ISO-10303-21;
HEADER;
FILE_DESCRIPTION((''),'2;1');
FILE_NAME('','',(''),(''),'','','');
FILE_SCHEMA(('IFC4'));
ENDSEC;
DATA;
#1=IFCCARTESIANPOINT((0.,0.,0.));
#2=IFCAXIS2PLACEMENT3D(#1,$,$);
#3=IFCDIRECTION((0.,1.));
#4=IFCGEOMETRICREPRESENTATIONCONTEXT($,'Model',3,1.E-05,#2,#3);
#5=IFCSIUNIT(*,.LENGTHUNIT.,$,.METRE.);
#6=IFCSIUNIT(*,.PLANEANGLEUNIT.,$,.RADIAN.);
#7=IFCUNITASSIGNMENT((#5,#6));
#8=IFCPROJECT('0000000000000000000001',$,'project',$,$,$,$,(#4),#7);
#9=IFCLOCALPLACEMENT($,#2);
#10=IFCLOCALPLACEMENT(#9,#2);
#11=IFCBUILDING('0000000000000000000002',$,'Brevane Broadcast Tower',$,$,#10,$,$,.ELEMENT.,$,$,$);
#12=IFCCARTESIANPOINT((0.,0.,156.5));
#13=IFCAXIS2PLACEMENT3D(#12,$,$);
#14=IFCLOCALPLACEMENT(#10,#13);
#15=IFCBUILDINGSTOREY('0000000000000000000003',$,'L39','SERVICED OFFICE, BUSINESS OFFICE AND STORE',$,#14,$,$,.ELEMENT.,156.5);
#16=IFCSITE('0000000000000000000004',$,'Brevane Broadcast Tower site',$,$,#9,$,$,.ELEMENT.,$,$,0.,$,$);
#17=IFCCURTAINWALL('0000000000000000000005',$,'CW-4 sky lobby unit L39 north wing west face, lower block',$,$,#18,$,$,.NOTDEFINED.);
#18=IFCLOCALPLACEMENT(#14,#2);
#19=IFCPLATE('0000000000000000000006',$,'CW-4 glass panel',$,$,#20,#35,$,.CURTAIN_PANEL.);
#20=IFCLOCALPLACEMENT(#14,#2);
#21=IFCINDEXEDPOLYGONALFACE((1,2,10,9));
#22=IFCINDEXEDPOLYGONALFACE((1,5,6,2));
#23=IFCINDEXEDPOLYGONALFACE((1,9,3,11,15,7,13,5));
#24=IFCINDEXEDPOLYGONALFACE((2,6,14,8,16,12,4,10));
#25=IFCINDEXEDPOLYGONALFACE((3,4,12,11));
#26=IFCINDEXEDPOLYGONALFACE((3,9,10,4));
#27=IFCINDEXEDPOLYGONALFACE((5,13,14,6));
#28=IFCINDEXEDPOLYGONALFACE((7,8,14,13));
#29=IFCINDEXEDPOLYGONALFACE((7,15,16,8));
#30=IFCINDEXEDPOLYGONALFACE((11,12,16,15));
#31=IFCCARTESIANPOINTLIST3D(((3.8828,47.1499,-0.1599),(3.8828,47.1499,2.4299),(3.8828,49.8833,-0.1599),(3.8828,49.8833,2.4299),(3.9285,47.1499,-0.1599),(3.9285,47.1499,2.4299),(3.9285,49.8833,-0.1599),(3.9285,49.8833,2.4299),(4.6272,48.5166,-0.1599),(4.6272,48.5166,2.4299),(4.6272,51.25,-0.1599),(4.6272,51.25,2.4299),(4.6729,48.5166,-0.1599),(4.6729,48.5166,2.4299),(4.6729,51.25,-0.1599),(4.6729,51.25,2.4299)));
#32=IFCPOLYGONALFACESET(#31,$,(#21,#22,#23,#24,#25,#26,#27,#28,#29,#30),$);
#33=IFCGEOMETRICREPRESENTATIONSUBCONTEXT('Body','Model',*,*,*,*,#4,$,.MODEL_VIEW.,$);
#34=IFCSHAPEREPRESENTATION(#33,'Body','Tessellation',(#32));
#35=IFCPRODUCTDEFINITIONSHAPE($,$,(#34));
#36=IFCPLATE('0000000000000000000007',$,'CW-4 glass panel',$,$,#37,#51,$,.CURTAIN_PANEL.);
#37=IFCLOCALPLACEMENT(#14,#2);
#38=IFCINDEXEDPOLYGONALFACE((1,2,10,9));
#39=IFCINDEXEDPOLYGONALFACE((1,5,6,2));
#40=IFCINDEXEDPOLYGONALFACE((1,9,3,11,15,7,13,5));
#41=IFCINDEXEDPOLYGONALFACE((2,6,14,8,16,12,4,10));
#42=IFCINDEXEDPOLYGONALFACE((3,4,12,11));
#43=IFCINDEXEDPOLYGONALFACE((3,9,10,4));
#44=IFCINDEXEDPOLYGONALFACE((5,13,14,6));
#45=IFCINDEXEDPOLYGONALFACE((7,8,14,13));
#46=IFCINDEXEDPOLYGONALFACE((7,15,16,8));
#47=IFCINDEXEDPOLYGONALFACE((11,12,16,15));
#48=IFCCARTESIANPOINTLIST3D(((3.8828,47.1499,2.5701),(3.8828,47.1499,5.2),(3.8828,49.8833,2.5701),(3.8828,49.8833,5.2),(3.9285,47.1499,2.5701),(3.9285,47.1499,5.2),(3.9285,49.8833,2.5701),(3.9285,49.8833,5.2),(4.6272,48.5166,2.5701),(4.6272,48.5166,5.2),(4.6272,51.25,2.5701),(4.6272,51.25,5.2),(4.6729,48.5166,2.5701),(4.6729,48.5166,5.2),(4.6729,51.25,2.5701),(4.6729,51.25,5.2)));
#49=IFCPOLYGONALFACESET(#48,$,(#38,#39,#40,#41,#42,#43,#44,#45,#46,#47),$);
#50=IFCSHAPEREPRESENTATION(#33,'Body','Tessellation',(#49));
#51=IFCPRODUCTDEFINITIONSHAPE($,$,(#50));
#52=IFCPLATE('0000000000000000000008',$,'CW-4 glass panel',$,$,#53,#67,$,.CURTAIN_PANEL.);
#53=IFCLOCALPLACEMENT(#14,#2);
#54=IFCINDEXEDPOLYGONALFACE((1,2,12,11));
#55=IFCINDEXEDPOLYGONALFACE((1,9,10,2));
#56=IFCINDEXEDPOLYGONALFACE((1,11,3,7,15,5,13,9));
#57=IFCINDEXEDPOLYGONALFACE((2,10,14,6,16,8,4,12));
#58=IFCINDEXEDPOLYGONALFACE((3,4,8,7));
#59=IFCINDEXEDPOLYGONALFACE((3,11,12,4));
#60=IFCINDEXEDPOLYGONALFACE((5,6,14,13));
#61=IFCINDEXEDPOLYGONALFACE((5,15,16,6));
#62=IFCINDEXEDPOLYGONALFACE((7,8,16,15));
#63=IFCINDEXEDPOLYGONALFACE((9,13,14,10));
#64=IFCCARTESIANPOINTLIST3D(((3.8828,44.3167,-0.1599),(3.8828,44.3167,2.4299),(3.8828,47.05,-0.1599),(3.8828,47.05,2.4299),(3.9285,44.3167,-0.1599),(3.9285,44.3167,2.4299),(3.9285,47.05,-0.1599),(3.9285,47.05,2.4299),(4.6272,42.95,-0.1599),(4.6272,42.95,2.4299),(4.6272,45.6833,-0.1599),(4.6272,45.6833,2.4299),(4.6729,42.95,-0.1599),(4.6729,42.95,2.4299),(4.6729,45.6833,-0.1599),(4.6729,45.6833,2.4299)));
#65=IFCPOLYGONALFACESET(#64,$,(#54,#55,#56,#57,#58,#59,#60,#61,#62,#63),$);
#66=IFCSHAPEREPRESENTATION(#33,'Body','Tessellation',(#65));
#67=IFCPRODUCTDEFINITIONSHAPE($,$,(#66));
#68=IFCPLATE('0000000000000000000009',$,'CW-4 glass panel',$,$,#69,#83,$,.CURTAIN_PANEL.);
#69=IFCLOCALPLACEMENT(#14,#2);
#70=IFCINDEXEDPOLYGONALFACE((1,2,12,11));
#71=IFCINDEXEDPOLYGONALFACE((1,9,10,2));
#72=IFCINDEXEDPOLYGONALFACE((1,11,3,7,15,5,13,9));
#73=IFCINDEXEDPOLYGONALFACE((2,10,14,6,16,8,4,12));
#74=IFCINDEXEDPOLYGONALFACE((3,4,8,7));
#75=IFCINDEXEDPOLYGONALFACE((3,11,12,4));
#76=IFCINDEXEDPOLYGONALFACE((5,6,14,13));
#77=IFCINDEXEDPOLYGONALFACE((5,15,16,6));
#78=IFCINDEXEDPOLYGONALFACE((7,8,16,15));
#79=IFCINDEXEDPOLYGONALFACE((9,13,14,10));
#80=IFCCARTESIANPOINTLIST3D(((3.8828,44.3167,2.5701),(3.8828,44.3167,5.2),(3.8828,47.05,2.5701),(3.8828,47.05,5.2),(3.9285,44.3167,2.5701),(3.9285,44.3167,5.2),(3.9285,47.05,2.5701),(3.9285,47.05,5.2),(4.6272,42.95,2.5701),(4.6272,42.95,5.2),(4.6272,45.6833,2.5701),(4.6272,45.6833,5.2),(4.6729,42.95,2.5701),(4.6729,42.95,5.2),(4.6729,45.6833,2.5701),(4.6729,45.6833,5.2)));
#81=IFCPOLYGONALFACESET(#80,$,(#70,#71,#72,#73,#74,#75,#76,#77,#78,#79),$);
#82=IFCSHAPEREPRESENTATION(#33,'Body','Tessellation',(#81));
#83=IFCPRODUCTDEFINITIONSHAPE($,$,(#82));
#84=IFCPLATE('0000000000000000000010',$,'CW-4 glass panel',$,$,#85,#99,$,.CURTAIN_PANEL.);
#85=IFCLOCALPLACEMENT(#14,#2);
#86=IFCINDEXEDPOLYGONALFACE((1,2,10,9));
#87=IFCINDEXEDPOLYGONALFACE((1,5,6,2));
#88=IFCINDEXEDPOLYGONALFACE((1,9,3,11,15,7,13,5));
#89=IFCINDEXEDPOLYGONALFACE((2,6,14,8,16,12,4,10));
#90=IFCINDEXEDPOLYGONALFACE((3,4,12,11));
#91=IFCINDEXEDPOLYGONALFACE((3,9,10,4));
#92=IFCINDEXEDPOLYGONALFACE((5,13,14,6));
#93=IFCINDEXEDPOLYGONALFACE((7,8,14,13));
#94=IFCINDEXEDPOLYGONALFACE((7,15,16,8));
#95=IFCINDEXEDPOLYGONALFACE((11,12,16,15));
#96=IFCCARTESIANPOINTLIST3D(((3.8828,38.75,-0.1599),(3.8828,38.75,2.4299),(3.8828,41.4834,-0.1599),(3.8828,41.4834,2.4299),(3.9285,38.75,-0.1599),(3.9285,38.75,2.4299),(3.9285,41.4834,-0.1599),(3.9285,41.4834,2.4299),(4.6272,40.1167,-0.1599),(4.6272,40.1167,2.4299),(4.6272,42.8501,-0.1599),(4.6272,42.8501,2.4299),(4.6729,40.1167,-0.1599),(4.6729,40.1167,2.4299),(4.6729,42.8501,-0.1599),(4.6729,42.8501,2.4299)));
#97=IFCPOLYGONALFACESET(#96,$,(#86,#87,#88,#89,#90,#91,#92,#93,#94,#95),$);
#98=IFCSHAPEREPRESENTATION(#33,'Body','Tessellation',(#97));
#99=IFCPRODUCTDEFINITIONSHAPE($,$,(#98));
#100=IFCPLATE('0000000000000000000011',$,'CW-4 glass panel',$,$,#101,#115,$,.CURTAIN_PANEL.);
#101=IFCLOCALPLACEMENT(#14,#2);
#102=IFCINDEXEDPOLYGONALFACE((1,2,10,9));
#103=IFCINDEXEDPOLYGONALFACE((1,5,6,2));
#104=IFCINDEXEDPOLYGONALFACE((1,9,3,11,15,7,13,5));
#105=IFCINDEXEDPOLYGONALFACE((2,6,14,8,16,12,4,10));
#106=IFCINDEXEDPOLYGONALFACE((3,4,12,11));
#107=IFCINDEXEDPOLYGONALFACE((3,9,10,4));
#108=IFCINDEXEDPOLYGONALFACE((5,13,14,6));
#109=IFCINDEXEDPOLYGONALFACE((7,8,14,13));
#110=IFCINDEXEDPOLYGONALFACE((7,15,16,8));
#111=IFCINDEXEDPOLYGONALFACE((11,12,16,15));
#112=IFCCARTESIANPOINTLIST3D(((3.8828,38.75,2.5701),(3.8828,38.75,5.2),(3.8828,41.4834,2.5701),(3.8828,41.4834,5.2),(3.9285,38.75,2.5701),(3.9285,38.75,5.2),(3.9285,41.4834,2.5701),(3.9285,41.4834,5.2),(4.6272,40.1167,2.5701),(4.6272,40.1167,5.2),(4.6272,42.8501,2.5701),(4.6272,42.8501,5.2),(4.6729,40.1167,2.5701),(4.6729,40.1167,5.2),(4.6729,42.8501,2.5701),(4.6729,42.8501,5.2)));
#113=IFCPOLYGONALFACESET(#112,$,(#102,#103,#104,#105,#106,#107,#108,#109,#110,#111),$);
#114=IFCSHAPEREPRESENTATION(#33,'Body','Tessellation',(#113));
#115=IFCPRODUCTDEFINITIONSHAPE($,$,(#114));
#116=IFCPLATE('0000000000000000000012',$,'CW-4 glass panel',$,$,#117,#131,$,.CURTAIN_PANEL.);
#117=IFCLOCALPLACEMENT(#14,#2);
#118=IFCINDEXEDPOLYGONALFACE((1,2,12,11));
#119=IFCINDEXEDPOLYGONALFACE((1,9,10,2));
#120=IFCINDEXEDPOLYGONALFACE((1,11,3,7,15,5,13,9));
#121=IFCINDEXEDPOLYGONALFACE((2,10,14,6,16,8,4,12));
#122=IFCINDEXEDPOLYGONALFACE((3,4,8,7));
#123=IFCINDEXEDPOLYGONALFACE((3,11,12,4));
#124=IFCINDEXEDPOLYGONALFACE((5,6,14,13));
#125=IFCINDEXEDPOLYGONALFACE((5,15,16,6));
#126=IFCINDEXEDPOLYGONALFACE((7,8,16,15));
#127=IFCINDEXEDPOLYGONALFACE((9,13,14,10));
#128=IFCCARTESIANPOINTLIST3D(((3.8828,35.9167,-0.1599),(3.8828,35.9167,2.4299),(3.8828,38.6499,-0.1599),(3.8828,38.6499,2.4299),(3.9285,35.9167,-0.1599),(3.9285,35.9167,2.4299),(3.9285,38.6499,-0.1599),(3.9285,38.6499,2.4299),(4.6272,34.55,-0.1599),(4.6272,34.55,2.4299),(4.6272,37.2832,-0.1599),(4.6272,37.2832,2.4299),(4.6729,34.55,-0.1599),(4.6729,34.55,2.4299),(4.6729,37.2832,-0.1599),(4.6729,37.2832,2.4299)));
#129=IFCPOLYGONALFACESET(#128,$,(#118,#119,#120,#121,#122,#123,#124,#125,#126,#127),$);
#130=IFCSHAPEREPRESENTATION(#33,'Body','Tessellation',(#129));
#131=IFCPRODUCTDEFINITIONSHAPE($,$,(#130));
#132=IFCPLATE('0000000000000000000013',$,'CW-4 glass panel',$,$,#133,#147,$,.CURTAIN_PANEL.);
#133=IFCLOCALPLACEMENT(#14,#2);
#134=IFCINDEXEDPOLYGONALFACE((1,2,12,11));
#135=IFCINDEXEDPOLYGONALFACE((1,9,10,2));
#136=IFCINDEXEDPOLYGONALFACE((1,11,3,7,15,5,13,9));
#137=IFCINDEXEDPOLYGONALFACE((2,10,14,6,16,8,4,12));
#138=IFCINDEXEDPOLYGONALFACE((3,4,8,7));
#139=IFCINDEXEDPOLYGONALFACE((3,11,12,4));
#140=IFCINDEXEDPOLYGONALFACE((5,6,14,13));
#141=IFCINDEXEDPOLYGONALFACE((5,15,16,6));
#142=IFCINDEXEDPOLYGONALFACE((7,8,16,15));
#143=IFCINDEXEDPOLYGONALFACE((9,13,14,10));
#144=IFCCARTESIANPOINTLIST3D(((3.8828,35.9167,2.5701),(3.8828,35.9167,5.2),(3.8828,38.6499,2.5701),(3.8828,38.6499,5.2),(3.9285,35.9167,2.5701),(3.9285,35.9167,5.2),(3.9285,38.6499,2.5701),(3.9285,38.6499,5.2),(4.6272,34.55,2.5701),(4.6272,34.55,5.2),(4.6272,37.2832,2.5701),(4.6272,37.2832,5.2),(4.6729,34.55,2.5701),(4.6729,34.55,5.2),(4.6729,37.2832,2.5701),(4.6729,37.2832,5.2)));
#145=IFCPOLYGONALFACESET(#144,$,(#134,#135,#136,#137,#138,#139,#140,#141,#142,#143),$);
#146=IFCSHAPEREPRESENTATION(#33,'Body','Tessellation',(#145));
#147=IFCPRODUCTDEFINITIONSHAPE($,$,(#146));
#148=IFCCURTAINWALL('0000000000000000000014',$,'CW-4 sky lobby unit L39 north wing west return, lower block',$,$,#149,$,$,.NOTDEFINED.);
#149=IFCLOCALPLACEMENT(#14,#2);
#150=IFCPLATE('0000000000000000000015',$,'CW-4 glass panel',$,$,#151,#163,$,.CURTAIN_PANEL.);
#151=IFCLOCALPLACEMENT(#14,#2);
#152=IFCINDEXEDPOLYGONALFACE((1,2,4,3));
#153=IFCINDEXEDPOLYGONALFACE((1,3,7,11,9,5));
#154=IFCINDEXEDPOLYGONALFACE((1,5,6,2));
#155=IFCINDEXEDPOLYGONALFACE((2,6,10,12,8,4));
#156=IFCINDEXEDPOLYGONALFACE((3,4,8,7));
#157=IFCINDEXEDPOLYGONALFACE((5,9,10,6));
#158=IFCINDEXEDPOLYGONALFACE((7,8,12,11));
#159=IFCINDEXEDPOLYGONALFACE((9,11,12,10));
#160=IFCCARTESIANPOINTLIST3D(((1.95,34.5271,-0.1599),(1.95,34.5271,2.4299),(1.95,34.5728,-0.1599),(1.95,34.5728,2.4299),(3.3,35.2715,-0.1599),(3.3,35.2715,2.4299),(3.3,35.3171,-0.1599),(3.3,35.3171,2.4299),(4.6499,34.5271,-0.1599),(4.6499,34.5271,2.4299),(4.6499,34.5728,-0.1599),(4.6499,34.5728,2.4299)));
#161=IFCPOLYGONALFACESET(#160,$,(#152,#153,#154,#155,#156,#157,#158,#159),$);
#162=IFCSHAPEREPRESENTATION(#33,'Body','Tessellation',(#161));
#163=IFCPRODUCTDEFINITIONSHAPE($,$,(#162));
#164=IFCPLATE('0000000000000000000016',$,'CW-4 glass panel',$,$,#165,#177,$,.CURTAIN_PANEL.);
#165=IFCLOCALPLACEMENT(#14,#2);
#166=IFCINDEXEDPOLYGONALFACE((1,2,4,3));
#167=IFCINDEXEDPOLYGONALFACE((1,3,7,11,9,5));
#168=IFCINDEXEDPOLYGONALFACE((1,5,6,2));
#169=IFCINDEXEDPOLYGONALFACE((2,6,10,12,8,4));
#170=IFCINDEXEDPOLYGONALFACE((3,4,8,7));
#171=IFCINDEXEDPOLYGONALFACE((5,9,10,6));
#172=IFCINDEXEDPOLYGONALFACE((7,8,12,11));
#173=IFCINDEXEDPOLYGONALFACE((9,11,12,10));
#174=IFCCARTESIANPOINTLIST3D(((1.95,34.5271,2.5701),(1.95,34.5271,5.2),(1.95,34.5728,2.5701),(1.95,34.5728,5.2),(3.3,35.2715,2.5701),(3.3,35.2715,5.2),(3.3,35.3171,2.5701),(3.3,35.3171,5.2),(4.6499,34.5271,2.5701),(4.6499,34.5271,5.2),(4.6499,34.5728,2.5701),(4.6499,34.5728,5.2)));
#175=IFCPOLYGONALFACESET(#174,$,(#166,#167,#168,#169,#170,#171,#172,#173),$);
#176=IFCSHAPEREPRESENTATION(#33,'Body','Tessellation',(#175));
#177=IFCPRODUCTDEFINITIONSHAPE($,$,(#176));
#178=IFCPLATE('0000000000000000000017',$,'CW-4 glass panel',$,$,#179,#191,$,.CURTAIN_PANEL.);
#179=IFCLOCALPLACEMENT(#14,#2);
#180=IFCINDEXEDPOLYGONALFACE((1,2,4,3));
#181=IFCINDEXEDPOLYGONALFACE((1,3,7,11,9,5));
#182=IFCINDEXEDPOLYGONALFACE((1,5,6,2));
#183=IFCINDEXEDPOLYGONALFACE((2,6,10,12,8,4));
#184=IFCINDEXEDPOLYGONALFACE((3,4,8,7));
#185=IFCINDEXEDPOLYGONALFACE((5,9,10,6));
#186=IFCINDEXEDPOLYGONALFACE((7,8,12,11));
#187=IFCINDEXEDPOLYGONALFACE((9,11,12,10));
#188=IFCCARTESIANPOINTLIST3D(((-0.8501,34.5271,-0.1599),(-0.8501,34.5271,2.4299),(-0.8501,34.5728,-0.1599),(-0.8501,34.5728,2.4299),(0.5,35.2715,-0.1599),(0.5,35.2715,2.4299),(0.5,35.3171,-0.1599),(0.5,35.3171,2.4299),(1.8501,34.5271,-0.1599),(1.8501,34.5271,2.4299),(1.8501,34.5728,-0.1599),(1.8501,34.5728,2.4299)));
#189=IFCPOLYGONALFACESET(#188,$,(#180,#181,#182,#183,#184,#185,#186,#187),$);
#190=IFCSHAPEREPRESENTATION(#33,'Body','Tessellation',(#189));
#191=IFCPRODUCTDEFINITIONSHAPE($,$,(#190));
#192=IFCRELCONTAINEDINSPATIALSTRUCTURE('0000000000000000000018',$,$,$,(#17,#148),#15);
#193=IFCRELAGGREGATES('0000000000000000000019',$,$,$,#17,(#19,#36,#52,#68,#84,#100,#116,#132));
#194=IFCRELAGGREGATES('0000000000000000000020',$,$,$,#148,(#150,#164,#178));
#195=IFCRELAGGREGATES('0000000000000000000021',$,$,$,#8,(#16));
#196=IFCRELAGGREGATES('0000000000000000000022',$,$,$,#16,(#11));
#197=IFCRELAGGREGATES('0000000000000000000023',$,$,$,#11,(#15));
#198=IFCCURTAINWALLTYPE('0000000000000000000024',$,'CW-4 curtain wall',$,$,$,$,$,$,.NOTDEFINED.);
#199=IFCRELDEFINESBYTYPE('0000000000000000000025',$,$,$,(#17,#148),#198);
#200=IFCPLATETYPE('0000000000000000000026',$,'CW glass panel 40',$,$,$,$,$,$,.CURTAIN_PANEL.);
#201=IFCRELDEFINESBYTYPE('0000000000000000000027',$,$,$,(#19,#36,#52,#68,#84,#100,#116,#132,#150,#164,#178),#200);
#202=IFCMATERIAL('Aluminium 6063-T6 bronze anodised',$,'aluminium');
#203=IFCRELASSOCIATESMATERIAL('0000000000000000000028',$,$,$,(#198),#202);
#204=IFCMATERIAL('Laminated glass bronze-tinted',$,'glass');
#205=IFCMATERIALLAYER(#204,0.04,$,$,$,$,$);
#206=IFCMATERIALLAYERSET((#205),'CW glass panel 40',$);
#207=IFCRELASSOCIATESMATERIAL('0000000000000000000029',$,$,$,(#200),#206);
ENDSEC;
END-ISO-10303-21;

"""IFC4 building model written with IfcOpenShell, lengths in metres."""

from ifc_helpers import new_model, si_unit, direction, frame, origin, place, context, subcontext, project, spatial, polyline, outline, extrude, material, layer, layer_set, type_object, element, aggregate, save


model = new_model("IFC4")

# Units and contexts
model_context = context("Model", 3, precision=1e-05, world=origin(), true_north=direction((0.0, 1.0)))
body_context = subcontext(model_context, "Body", "Model", "MODEL_VIEW")
ifc_project = project(units=[si_unit("LENGTHUNIT", "METRE"), si_unit("PLANEANGLEUNIT", "RADIAN")], contexts=[model_context])

# Site, building, storey
site_placement = place(None, origin())
site = spatial("IfcSite", under=ifc_project, at=site_placement, Name="Brevane Broadcast Tower site", CompositionType="ELEMENT", RefElevation=0.0)
building_placement = place(site_placement, origin())
building = spatial("IfcBuilding", under=site, at=building_placement, Name="Brevane Broadcast Tower", CompositionType="ELEMENT")
storey_placement = place(building_placement, frame((0.0, 0.0, 156.5)))
storey = spatial("IfcBuildingStorey", under=building, at=storey_placement, Name="L39", Description="SERVICED OFFICE, BUSINESS OFFICE AND STORE", CompositionType="ELEMENT", Elevation=156.5)

# Curtain walls, plates
ifc_material_1 = material(Name="Aluminium 6063-T6 bronze anodised", Category="aluminium")
curtain_wall_type = type_object("IfcCurtainWallType", Name="CW-4 curtain wall", PredefinedType="NOTDEFINED", material=ifc_material_1)
ifc_material_2 = material(Name="Laminated glass bronze-tinted", Category="glass")
ifc_layer = layer(ifc_material_2, 0.04)
ifc_layer_set = layer_set([ifc_layer], Name="CW glass panel 40")
plate_type = type_object("IfcPlateType", Name="CW glass panel 40", PredefinedType="CURTAIN_PANEL", material=ifc_layer_set)
curtain_wall_1_placement = place(storey_placement, origin())
curtain_wall_1 = element("IfcCurtainWall", 1, at=curtain_wall_1_placement, inside=storey, type_object=curtain_wall_type, Name="CW-4 sky lobby unit L39 north wing west face, lower block", PredefinedType="NOTDEFINED")
plate_1_placement = place(storey_placement, frame((0.0, 0.0, -0.1599)))
plate_1 = element("IfcPlate", 2, at=plate_1_placement, type_object=plate_type, Name="CW-4 glass panel", PredefinedType="CURTAIN_PANEL", context=body_context, shape_type="SweptSolid", body=[
    extrude(outline(polyline([(4.6729, 51.25), (4.6272, 51.25), (3.8828, 49.8833), (4.6272, 48.5166), (3.8828, 47.1499), (3.9285, 47.1499), (4.6729, 48.5166), (3.9285, 49.8833), (4.6729, 51.25)])), origin(), (0.0, 0.0, 1.0), 2.5898),
])
plate_2_placement = place(storey_placement, frame((0.0, 0.0, 2.5701)))
plate_2 = element("IfcPlate", 3, at=plate_2_placement, type_object=plate_type, Name="CW-4 glass panel", PredefinedType="CURTAIN_PANEL", context=body_context, shape_type="SweptSolid", body=[
    extrude(outline(polyline([(4.6729, 51.25), (4.6272, 51.25), (3.8828, 49.8833), (4.6272, 48.5166), (3.8828, 47.1499), (3.9285, 47.1499), (4.6729, 48.5166), (3.9285, 49.8833), (4.6729, 51.25)])), origin(), (0.0, 0.0, 1.0), 2.6299),
])
plate_3_placement = place(storey_placement, frame((0.0, 0.0, -0.1599)))
plate_3 = element("IfcPlate", 4, at=plate_3_placement, type_object=plate_type, Name="CW-4 glass panel", PredefinedType="CURTAIN_PANEL", context=body_context, shape_type="SweptSolid", body=[
    extrude(outline(polyline([(3.9285, 47.05), (3.8828, 47.05), (4.6272, 45.6833), (3.8828, 44.3167), (4.6272, 42.95), (4.6729, 42.95), (3.9285, 44.3167), (4.6729, 45.6833), (3.9285, 47.05)])), origin(), (0.0, 0.0, 1.0), 2.5898),
])
plate_4_placement = place(storey_placement, frame((0.0, 0.0, 2.5701)))
plate_4 = element("IfcPlate", 5, at=plate_4_placement, type_object=plate_type, Name="CW-4 glass panel", PredefinedType="CURTAIN_PANEL", context=body_context, shape_type="SweptSolid", body=[
    extrude(outline(polyline([(3.9285, 47.05), (3.8828, 47.05), (4.6272, 45.6833), (3.8828, 44.3167), (4.6272, 42.95), (4.6729, 42.95), (3.9285, 44.3167), (4.6729, 45.6833), (3.9285, 47.05)])), origin(), (0.0, 0.0, 1.0), 2.6299),
])
plate_5_placement = place(storey_placement, frame((0.0, 0.0, -0.1599)))
plate_5 = element("IfcPlate", 6, at=plate_5_placement, type_object=plate_type, Name="CW-4 glass panel", PredefinedType="CURTAIN_PANEL", context=body_context, shape_type="SweptSolid", body=[
    extrude(outline(polyline([(4.6729, 42.8501), (4.6272, 42.8501), (3.8828, 41.4834), (4.6272, 40.1167), (3.8828, 38.75), (3.9285, 38.75), (4.6729, 40.1167), (3.9285, 41.4834), (4.6729, 42.8501)])), origin(), (0.0, 0.0, 1.0), 2.5898),
])
plate_6_placement = place(storey_placement, frame((0.0, 0.0, 2.5701)))
plate_6 = element("IfcPlate", 7, at=plate_6_placement, type_object=plate_type, Name="CW-4 glass panel", PredefinedType="CURTAIN_PANEL", context=body_context, shape_type="SweptSolid", body=[
    extrude(outline(polyline([(4.6729, 42.8501), (4.6272, 42.8501), (3.8828, 41.4834), (4.6272, 40.1167), (3.8828, 38.75), (3.9285, 38.75), (4.6729, 40.1167), (3.9285, 41.4834), (4.6729, 42.8501)])), origin(), (0.0, 0.0, 1.0), 2.6299),
])
plate_7_placement = place(storey_placement, frame((0.0, 0.0, -0.1599)))
plate_7 = element("IfcPlate", 8, at=plate_7_placement, type_object=plate_type, Name="CW-4 glass panel", PredefinedType="CURTAIN_PANEL", context=body_context, shape_type="SweptSolid", body=[
    extrude(outline(polyline([(3.9285, 38.6499), (3.8828, 38.6499), (4.6272, 37.2832), (3.8828, 35.9167), (4.6272, 34.55), (4.6729, 34.55), (3.9285, 35.9167), (4.6729, 37.2832), (3.9285, 38.6499)])), origin(), (0.0, 0.0, 1.0), 2.5898),
])
plate_8_placement = place(storey_placement, frame((0.0, 0.0, 2.5701)))
plate_8 = element("IfcPlate", 9, at=plate_8_placement, type_object=plate_type, Name="CW-4 glass panel", PredefinedType="CURTAIN_PANEL", context=body_context, shape_type="SweptSolid", body=[
    extrude(outline(polyline([(3.9285, 38.6499), (3.8828, 38.6499), (4.6272, 37.2832), (3.8828, 35.9167), (4.6272, 34.55), (4.6729, 34.55), (3.9285, 35.9167), (4.6729, 37.2832), (3.9285, 38.6499)])), origin(), (0.0, 0.0, 1.0), 2.6299),
])
aggregate(curtain_wall_1, [plate_1, plate_2, plate_3, plate_4, plate_5, plate_6, plate_7, plate_8])
curtain_wall_2_placement = place(storey_placement, origin())
curtain_wall_2 = element("IfcCurtainWall", 10, at=curtain_wall_2_placement, inside=storey, type_object=curtain_wall_type, Name="CW-4 sky lobby unit L39 north wing west return, lower block", PredefinedType="NOTDEFINED")
plate_9_placement = place(storey_placement, frame((0.0, 0.0, -0.1599)))
plate_9 = element("IfcPlate", 11, at=plate_9_placement, type_object=plate_type, Name="CW-4 glass panel", PredefinedType="CURTAIN_PANEL", context=body_context, shape_type="SweptSolid", body=[
    extrude(outline(polyline([(4.6499, 34.5271), (4.6499, 34.5728), (3.3, 35.3171), (1.95, 34.5728), (1.95, 34.5271), (3.3, 35.2715), (4.6499, 34.5271)])), origin(), (0.0, 0.0, 1.0), 2.5898),
])
plate_10_placement = place(storey_placement, frame((0.0, 0.0, 2.5701)))
plate_10 = element("IfcPlate", 12, at=plate_10_placement, type_object=plate_type, Name="CW-4 glass panel", PredefinedType="CURTAIN_PANEL", context=body_context, shape_type="SweptSolid", body=[
    extrude(outline(polyline([(4.6499, 34.5271), (4.6499, 34.5728), (3.3, 35.3171), (1.95, 34.5728), (1.95, 34.5271), (3.3, 35.2715), (4.6499, 34.5271)])), origin(), (0.0, 0.0, 1.0), 2.6299),
])
plate_11_placement = place(storey_placement, frame((0.0, 0.0, -0.1599)))
plate_11 = element("IfcPlate", 13, at=plate_11_placement, type_object=plate_type, Name="CW-4 glass panel", PredefinedType="CURTAIN_PANEL", context=body_context, shape_type="SweptSolid", body=[
    extrude(outline(polyline([(1.8501, 34.5271), (1.8501, 34.5728), (0.5, 35.3171), (-0.8501, 34.5728), (-0.8501, 34.5271), (0.5, 35.2715), (1.8501, 34.5271)])), origin(), (0.0, 0.0, 1.0), 2.5898),
])
aggregate(curtain_wall_2, [plate_9, plate_10, plate_11])

save(model, "model.ifc")
